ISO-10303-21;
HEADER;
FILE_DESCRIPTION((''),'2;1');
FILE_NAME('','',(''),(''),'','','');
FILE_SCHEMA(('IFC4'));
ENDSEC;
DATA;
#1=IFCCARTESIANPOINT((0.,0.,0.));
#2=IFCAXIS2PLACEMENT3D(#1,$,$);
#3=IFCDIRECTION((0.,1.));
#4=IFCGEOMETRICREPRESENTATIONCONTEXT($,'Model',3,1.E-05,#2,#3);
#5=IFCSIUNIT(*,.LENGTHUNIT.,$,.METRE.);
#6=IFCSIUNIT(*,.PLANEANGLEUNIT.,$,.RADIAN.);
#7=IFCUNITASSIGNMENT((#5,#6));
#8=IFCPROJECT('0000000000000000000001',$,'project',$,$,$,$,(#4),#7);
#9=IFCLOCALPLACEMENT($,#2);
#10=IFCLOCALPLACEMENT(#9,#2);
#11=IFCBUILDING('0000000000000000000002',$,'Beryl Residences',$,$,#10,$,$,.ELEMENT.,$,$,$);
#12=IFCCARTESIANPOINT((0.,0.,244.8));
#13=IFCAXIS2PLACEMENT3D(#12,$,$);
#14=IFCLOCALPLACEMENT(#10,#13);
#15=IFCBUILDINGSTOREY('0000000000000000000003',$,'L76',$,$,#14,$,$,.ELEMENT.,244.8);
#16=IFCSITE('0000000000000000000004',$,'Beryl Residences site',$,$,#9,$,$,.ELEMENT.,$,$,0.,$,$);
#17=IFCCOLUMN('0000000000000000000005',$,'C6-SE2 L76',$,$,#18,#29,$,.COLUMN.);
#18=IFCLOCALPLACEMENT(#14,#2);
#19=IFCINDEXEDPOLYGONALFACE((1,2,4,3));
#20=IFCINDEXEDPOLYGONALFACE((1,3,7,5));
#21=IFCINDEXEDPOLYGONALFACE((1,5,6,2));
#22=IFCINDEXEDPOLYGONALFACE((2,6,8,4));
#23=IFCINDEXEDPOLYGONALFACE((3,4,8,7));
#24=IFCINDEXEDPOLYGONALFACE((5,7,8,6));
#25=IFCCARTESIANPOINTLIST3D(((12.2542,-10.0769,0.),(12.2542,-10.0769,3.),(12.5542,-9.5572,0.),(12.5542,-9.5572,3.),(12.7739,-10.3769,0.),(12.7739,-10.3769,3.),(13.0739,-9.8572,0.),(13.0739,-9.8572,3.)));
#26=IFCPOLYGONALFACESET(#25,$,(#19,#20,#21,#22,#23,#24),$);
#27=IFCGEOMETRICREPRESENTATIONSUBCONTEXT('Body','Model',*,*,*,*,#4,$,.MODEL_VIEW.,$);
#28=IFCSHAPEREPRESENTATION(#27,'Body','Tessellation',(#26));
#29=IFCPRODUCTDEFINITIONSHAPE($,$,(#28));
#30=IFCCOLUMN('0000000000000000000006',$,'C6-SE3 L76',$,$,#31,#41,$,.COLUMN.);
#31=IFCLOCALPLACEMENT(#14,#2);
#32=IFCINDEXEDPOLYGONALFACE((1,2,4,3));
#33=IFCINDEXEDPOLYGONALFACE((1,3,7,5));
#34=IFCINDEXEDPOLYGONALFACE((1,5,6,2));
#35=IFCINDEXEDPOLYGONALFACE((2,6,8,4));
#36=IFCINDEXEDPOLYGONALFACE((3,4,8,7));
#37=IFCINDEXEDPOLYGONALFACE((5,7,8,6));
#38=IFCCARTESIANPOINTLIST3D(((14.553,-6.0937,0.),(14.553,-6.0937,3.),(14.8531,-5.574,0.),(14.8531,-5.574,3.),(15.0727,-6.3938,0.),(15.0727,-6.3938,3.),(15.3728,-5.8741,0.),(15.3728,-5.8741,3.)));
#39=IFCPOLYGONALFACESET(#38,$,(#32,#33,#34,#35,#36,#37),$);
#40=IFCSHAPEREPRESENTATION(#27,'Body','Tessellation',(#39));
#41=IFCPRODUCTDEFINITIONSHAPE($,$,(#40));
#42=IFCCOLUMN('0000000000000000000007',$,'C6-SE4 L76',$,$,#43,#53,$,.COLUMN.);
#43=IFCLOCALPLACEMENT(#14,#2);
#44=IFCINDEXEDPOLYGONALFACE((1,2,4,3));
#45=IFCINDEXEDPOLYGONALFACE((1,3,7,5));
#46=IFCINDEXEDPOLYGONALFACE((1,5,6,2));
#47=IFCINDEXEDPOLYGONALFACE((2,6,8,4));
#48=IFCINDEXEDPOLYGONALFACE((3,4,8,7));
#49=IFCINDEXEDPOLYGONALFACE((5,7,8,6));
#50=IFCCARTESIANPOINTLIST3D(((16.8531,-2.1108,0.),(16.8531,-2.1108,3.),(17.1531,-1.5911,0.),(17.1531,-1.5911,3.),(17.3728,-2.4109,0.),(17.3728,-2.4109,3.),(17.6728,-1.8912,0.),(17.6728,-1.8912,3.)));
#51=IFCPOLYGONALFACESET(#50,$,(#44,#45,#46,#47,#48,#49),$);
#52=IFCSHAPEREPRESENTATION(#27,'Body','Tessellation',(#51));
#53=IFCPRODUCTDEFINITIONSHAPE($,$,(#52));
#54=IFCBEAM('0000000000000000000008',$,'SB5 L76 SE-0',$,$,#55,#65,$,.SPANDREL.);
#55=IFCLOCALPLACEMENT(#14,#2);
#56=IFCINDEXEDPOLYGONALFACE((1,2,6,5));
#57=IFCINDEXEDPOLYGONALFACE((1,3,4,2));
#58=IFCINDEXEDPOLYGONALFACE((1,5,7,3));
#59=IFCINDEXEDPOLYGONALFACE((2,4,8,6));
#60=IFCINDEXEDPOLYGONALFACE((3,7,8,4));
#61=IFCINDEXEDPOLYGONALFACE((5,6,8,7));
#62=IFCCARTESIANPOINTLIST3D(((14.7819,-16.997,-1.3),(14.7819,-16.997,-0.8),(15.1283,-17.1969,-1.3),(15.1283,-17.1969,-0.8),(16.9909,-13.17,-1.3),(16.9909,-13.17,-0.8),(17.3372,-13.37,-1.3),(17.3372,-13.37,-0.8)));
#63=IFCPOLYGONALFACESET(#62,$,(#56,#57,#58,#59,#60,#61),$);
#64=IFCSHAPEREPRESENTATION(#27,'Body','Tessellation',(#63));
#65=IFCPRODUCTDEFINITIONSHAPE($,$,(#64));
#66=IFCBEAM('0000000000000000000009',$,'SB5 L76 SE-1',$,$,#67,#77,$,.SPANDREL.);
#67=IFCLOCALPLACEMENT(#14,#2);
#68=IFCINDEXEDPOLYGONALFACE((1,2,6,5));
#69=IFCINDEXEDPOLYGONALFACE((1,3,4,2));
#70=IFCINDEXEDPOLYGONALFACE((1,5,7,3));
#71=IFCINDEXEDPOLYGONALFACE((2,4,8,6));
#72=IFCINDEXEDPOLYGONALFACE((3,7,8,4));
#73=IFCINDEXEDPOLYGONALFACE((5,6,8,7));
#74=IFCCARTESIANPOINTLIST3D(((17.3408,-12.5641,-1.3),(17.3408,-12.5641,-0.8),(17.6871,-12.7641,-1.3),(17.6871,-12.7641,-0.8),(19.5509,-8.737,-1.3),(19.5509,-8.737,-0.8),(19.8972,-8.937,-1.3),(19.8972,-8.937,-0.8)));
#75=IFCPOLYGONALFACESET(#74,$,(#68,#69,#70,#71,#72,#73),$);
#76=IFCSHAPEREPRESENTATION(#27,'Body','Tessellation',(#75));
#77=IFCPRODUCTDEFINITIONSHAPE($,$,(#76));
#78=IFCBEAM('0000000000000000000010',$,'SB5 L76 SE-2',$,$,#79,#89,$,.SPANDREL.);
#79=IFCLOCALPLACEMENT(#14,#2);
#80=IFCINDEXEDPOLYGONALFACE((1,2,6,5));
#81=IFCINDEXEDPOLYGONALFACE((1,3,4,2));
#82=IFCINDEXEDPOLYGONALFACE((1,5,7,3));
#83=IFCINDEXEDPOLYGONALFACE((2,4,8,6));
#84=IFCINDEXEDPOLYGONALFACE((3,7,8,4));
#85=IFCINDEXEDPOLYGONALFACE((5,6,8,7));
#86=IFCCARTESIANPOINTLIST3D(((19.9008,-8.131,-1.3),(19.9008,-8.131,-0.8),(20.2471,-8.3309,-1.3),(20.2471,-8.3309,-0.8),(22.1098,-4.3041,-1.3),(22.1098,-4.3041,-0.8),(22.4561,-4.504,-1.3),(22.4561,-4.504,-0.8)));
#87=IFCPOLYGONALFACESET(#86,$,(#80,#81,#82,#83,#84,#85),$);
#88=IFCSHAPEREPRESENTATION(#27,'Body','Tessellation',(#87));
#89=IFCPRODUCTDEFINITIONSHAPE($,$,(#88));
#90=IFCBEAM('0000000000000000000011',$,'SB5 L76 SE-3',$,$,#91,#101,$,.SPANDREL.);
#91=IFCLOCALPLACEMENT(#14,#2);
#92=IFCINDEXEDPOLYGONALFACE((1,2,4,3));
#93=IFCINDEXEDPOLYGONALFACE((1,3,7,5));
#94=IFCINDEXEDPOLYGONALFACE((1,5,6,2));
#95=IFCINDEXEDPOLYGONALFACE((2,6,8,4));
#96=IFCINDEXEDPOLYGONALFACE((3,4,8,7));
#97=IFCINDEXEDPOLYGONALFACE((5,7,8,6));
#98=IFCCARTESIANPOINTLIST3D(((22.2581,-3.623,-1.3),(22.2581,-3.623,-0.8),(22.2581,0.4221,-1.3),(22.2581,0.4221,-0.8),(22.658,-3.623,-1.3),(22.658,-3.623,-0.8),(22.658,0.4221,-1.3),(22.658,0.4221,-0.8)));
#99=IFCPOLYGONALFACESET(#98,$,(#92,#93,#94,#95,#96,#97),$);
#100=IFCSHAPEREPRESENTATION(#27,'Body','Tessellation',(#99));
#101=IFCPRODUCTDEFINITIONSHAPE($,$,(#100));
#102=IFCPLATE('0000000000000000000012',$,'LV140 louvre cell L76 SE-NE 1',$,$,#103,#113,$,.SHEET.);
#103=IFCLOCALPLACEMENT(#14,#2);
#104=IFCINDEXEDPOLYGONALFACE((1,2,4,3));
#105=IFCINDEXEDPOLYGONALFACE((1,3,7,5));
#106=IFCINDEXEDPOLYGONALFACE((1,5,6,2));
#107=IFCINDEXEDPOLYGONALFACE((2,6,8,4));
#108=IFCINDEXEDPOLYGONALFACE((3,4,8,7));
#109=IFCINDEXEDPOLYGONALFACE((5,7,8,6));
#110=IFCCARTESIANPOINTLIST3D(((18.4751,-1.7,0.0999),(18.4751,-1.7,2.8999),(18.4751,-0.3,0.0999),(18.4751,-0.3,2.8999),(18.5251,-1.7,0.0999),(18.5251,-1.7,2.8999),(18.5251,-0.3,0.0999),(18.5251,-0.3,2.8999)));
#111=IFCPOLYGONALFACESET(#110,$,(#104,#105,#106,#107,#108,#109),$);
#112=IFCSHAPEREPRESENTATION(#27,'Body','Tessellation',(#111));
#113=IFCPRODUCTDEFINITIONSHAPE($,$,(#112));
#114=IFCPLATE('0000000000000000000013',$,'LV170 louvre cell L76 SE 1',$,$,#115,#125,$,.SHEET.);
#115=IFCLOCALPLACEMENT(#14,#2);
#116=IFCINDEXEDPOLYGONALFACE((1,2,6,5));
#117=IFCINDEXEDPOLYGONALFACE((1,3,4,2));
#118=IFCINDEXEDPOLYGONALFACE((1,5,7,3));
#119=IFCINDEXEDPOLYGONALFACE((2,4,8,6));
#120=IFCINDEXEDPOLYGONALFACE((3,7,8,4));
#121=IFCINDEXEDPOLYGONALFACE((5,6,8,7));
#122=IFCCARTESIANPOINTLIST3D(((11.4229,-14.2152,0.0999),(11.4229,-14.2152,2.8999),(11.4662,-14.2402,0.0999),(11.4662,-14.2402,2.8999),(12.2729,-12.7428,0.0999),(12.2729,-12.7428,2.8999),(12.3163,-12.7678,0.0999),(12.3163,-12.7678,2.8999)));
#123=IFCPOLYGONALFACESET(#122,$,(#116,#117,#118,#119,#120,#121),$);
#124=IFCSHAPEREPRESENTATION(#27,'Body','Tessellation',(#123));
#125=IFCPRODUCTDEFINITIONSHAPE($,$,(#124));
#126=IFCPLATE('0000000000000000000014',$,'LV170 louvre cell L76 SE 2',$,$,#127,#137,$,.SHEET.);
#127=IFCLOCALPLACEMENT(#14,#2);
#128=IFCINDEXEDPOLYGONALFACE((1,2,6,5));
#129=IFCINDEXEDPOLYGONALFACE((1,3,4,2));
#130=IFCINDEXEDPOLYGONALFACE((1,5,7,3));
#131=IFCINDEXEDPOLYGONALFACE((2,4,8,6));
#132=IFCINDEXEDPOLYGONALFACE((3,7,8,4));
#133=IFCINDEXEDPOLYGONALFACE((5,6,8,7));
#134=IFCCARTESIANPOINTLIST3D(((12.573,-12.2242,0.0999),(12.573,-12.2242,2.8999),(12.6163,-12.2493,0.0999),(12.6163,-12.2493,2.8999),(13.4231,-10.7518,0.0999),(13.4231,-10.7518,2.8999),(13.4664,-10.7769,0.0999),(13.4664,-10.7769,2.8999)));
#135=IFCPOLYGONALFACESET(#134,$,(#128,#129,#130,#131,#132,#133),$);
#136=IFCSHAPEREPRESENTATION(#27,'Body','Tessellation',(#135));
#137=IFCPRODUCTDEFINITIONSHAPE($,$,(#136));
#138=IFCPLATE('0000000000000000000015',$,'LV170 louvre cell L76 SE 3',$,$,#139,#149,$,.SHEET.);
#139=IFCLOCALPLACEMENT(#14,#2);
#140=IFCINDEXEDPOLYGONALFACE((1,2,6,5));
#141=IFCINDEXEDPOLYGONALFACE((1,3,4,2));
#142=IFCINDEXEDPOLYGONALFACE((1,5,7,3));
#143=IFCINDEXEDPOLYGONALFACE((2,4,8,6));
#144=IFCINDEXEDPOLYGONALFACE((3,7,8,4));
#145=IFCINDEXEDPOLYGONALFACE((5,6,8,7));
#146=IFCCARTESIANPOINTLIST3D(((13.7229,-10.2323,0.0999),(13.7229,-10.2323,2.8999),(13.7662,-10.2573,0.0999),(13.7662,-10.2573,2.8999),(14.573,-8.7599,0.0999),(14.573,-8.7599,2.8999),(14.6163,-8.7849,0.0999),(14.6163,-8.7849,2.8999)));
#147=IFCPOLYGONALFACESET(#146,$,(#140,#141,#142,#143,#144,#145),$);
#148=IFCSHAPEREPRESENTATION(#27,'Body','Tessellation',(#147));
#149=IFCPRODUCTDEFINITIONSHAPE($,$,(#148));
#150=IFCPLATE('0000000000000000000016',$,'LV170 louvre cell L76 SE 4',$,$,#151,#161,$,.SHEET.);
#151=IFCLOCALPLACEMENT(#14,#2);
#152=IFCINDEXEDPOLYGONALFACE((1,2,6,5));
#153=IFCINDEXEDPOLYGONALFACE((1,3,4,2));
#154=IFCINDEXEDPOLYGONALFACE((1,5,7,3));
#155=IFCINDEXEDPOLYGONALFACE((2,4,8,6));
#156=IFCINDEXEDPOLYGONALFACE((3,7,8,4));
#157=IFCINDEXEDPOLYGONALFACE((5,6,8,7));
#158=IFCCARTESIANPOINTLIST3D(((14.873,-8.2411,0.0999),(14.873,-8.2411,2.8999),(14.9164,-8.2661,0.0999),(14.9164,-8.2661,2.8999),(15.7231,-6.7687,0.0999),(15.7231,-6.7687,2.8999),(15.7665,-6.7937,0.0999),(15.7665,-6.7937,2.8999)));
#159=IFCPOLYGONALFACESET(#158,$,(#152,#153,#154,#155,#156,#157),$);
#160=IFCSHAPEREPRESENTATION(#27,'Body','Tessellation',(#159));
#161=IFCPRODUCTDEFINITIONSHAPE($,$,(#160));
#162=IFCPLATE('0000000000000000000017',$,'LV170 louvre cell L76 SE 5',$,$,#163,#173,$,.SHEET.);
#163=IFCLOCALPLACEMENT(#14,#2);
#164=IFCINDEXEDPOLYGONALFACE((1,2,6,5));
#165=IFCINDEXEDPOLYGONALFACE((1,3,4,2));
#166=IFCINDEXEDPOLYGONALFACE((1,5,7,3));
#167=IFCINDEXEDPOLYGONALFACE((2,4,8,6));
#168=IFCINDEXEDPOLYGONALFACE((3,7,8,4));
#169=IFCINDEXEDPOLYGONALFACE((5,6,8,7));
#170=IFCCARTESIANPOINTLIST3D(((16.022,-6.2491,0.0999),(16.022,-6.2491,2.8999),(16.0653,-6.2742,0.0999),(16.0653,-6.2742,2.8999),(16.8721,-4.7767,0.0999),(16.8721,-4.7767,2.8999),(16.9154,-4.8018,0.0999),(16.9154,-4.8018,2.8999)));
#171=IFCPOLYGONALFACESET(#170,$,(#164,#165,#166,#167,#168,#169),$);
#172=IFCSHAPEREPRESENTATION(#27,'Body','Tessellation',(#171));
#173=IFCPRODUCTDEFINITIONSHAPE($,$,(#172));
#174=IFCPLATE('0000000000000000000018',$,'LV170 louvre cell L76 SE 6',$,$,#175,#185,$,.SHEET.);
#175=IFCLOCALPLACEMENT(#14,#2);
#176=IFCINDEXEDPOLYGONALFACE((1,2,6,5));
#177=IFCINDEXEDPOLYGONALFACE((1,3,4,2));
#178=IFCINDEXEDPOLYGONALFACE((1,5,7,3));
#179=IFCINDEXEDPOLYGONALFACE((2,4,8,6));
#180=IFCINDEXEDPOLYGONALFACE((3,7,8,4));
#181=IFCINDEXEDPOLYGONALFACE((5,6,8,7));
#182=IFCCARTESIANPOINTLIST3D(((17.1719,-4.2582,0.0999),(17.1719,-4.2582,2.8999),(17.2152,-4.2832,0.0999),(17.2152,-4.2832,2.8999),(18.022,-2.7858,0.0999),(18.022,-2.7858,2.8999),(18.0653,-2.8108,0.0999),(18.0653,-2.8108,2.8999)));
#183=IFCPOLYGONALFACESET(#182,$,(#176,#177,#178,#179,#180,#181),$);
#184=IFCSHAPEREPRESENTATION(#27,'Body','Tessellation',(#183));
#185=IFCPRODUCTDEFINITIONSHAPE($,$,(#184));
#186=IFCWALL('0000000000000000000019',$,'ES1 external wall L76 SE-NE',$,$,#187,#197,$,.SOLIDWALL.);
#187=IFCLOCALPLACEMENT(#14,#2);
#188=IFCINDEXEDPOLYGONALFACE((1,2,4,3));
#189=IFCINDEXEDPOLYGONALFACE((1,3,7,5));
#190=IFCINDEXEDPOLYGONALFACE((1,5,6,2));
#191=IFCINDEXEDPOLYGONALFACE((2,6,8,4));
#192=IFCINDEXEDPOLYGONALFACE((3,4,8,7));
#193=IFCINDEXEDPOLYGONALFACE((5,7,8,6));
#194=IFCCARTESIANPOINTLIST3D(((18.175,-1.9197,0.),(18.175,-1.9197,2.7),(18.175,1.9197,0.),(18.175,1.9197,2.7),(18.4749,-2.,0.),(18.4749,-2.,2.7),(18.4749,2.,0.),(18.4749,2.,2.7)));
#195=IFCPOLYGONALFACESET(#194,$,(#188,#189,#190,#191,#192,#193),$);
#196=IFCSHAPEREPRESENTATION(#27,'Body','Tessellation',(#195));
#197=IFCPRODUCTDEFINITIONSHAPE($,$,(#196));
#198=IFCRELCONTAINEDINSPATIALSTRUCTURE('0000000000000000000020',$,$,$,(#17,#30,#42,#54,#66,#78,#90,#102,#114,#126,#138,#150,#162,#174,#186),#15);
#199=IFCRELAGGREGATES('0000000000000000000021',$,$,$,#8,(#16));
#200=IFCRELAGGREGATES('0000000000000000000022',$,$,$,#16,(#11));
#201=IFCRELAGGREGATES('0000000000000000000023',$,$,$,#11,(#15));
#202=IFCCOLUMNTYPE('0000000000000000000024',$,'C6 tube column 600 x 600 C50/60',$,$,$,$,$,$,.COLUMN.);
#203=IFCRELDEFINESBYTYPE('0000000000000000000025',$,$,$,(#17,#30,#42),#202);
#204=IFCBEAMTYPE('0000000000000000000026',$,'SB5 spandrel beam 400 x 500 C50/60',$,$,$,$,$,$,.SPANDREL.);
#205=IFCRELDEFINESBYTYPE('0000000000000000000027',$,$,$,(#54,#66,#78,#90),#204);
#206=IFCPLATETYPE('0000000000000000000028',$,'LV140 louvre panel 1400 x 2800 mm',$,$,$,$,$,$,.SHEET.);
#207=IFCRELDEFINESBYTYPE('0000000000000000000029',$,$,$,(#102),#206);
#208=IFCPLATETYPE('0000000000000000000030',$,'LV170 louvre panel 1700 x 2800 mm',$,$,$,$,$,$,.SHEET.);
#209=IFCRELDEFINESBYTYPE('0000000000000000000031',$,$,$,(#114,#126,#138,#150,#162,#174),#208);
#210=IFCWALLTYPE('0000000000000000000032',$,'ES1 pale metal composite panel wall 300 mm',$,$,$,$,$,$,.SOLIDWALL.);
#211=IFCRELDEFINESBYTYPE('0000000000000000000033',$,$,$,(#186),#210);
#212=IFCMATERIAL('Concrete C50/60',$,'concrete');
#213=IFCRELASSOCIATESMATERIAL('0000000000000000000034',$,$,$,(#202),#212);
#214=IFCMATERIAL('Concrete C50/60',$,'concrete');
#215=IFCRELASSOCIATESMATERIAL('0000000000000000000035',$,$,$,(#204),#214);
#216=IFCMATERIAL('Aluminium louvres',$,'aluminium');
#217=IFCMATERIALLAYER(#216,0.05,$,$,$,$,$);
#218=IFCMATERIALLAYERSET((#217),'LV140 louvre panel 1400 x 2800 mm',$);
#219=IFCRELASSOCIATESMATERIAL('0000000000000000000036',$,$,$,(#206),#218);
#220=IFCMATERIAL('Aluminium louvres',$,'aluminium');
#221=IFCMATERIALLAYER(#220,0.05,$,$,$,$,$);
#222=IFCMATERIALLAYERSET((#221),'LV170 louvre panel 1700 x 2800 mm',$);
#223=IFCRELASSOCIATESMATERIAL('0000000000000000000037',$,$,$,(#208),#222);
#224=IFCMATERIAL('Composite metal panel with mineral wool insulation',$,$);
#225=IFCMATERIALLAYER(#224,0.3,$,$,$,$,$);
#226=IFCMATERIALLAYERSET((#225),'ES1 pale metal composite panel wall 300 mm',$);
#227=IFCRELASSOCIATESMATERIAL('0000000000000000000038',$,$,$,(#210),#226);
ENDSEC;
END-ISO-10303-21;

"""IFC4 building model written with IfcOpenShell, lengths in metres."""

from ifc_helpers import new_model, si_unit, direction, frame, origin, origin_2d, place, context, subcontext, project, spatial, polyline, rectangle, outline, extrude, source, transform, mapped, material, layer, layer_set, material_profile, profile_set, type_object, type_shapes, element, save


model = new_model("IFC4")

# Units and contexts
model_context = context("Model", 3, precision=1e-05, world=origin(), true_north=direction((0.0, 1.0)))
body_context = subcontext(model_context, "Body", "Model", "MODEL_VIEW")
ifc_project = project(units=[si_unit("LENGTHUNIT", "METRE"), si_unit("PLANEANGLEUNIT", "RADIAN")], contexts=[model_context])

# Site, building, storey
site_placement = place(None, origin())
site = spatial("IfcSite", under=ifc_project, at=site_placement, Name="Beryl Residences site", CompositionType="ELEMENT", RefElevation=0.0)
building_placement = place(site_placement, origin())
building = spatial("IfcBuilding", under=site, at=building_placement, Name="Beryl Residences", CompositionType="ELEMENT")
storey_placement = place(building_placement, frame((0.0, 0.0, 244.8)))
storey = spatial("IfcBuildingStorey", under=building, at=storey_placement, Name="L76", CompositionType="ELEMENT", Elevation=244.8)

# Columns
ifc_material_1 = material(Name="Concrete C50/60", Category="concrete")
ifc_material_profile_1 = material_profile(ifc_material_1, rectangle(XDim=0.6001, YDim=0.6001, at=origin_2d()))
ifc_profile_set_1 = profile_set([ifc_material_profile_1], Name="Concrete C50/60")
column_type = type_object("IfcColumnType", Name="C6 tube column 600 x 600 C50/60", PredefinedType="COLUMN", material=ifc_profile_set_1)
for number, where, z_axis, x_axis, name in (
    (1, (12.6641, -9.967, 0.0), (0.0, 0.0, 1.0), (0.5, 0.866025, 0.0), "C6-SE2 L76"),
    (2, (14.9629, -5.9839, 0.0), (0.0, 0.0, 1.0), (0.5, 0.866025, 0.0), "C6-SE3 L76"),
    (3, (17.2629, -2.001, 0.0), (0.0, 0.0, 1.0), (0.5, 0.866025, 0.0), "C6-SE4 L76"),
):
    element("IfcColumn", number, at=place(storey_placement, frame(where, z_axis=z_axis, x_axis=x_axis)), inside=storey, type_object=column_type, Name=name, PredefinedType="COLUMN", context=body_context, shape_type="SweptSolid", body=[
        extrude(rectangle(XDim=0.6001, YDim=0.6001, at=origin_2d()), origin(), (0.0, 0.0, 1.0), 3.0),
    ])

# Beams
ifc_material_2 = material(Name="Concrete C50/60", Category="concrete")
ifc_material_profile_2 = material_profile(ifc_material_2, rectangle(XDim=0.3999, YDim=0.5, at=origin_2d()))
ifc_profile_set_2 = profile_set([ifc_material_profile_2], Name="Concrete C50/60")
beam_type = type_object("IfcBeamType", Name="SB5 spandrel beam 400 x 500 C50/60", PredefinedType="SPANDREL", material=ifc_profile_set_2)
beam_1_placement = place(storey_placement, frame((14.9551, -17.0969, -1.05), z_axis=(0.499919, 0.866072, 0.0), x_axis=(-0.866072, 0.499919, 0.0)))
element("IfcBeam", 4, at=beam_1_placement, inside=storey, type_object=beam_type, Name="SB5 L76 SE-0", PredefinedType="SPANDREL", context=body_context, shape_type="SweptSolid", body=[
    extrude(rectangle(XDim=0.3999, YDim=0.5, at=origin_2d()), origin(), (0.0, 0.0, 1.0), 4.4187),
])
beam_2_placement = place(storey_placement, frame((17.5139, -12.6641, -1.05), z_axis=(0.500102, 0.865967, 0.0), x_axis=(-0.865967, 0.500102, 0.0)))
element("IfcBeam", 5, at=beam_2_placement, inside=storey, type_object=beam_type, Name="SB5 L76 SE-1", PredefinedType="SPANDREL", context=body_context, shape_type="SweptSolid", body=[
    extrude(rectangle(XDim=0.3999, YDim=0.5, at=origin_2d()), origin(), (0.0, 0.0, 1.0), 4.4194),
])
beam_3_placement = place(storey_placement, frame((20.074, -8.231, -1.05), z_axis=(0.499919, 0.866072, 0.0), x_axis=(-0.866072, 0.499919, 0.0)))
element("IfcBeam", 6, at=beam_3_placement, inside=storey, type_object=beam_type, Name="SB5 L76 SE-2", PredefinedType="SPANDREL", context=body_context, shape_type="SweptSolid", body=[
    extrude(rectangle(XDim=0.3999, YDim=0.5, at=origin_2d()), origin(), (0.0, 0.0, 1.0), 4.4187),
])
beam_4_placement = place(storey_placement, frame((22.458, -3.623, -1.05), z_axis=(0.0, 1.0, 0.0), x_axis=(-1.0, 0.0, 0.0)))
element("IfcBeam", 7, at=beam_4_placement, inside=storey, type_object=beam_type, Name="SB5 L76 SE-3", PredefinedType="SPANDREL", context=body_context, shape_type="SweptSolid", body=[
    extrude(rectangle(XDim=0.3999, YDim=0.5, at=origin_2d()), origin(), (0.0, 0.0, 1.0), 4.0452),
])

# Plates
ifc_material_3 = material(Name="Aluminium louvres", Category="aluminium")
ifc_layer_1 = layer(ifc_material_3, 0.05)
ifc_layer_set_1 = layer_set([ifc_layer_1], Name="LV140 louvre panel 1400 x 2800 mm")
plate_type_1 = type_object("IfcPlateType", Name="LV140 louvre panel 1400 x 2800 mm", PredefinedType="SHEET", material=ifc_layer_set_1)
shared_shape_1 = source(origin(), body_context, "Body", "SweptSolid", [
    extrude(outline(polyline([(-0.7, 0.0), (0.7, 0.0), (0.7, 0.05), (-0.7, 0.05), (-0.7, 0.0)])), origin(), (0.0, 0.0, 1.0), 2.8),
])
type_shapes(plate_type_1, [shared_shape_1])
plate_placement = place(storey_placement, frame((18.4751, -1.0, 0.0999), z_axis=(0.0, 0.0, 1.0), x_axis=(0.0, -1.0, 0.0)))
element("IfcPlate", 8, at=plate_placement, inside=storey, type_object=plate_type_1, Name="LV140 louvre cell L76 SE-NE 1", PredefinedType="SHEET", context=body_context, shape_type="MappedRepresentation", body=[
    mapped(shared_shape_1, transform((0.0, 0.0, 0.0))),
])
ifc_material_4 = material(Name="Aluminium louvres", Category="aluminium")
ifc_layer_2 = layer(ifc_material_4, 0.05)
ifc_layer_set_2 = layer_set([ifc_layer_2], Name="LV170 louvre panel 1700 x 2800 mm")
plate_type_2 = type_object("IfcPlateType", Name="LV170 louvre panel 1700 x 2800 mm", PredefinedType="SHEET", material=ifc_layer_set_2)
shared_shape_2 = source(origin(), body_context, "Body", "SweptSolid", [
    extrude(outline(polyline([(-0.8501, 0.0), (0.8501, 0.0), (0.8501, 0.05), (-0.8501, 0.05), (-0.8501, 0.0)])), origin(), (0.0, 0.0, 1.0), 2.8),
])
type_shapes(plate_type_2, [shared_shape_2])
for number, where, z_axis, x_axis, name in (
    (9, (11.8479, -13.479, 0.0999), (0.0, 0.0, 1.0), (-0.5, -0.866025, 0.0), "LV170 louvre cell L76 SE 1"),
    (10, (12.998, -11.488, 0.0999), (0.0, 0.0, 1.0), (-0.5, -0.866025, 0.0), "LV170 louvre cell L76 SE 2"),
    (11, (14.1479, -9.4961, 0.0999), (0.0, 0.0, 1.0), (-0.5, -0.866025, 0.0), "LV170 louvre cell L76 SE 3"),
    (12, (15.2981, -7.5049, 0.0999), (0.0, 0.0, 1.0), (-0.5, -0.866025, 0.0), "LV170 louvre cell L76 SE 4"),
    (13, (16.447, -5.5129, 0.0999), (0.0, 0.0, 1.0), (-0.5, -0.866025, 0.0), "LV170 louvre cell L76 SE 5"),
    (14, (17.5969, -3.522, 0.0999), (0.0, 0.0, 1.0), (-0.5, -0.866025, 0.0), "LV170 louvre cell L76 SE 6"),
):
    element("IfcPlate", number, at=place(storey_placement, frame(where, z_axis=z_axis, x_axis=x_axis)), inside=storey, type_object=plate_type_2, Name=name, PredefinedType="SHEET", context=body_context, shape_type="MappedRepresentation", body=[
        mapped(shared_shape_2, transform((0.0, 0.0, 0.0))),
    ])

# Wall
ifc_material_5 = material(Name="Composite metal panel with mineral wool insulation")
ifc_layer_3 = layer(ifc_material_5, 0.3)
ifc_layer_set_3 = layer_set([ifc_layer_3], Name="ES1 pale metal composite panel wall 300 mm")
wall_type_1 = type_object("IfcWallType", Name="ES1 pale metal composite panel wall 300 mm", PredefinedType="SOLIDWALL", material=ifc_layer_set_3)
wall_1_placement = place(storey_placement, frame((18.325, -2.0, 0.0), z_axis=(0.0, 0.0, 1.0), x_axis=(0.0, 1.0, 0.0)))
element("IfcWall", 15, at=wall_1_placement, inside=storey, type_object=wall_type_1, Name="ES1 external wall L76 SE-NE", PredefinedType="SOLIDWALL", context=body_context, shape_type="SweptSolid", body=[
    extrude(outline(polyline([(0.0, -0.1499), (4.0, -0.1499), (3.9197, 0.1499), (0.0803, 0.1499), (0.0, -0.1499)])), origin(), (0.0, 0.0, 1.0), 2.7),
])

save(model, "model.ifc")
